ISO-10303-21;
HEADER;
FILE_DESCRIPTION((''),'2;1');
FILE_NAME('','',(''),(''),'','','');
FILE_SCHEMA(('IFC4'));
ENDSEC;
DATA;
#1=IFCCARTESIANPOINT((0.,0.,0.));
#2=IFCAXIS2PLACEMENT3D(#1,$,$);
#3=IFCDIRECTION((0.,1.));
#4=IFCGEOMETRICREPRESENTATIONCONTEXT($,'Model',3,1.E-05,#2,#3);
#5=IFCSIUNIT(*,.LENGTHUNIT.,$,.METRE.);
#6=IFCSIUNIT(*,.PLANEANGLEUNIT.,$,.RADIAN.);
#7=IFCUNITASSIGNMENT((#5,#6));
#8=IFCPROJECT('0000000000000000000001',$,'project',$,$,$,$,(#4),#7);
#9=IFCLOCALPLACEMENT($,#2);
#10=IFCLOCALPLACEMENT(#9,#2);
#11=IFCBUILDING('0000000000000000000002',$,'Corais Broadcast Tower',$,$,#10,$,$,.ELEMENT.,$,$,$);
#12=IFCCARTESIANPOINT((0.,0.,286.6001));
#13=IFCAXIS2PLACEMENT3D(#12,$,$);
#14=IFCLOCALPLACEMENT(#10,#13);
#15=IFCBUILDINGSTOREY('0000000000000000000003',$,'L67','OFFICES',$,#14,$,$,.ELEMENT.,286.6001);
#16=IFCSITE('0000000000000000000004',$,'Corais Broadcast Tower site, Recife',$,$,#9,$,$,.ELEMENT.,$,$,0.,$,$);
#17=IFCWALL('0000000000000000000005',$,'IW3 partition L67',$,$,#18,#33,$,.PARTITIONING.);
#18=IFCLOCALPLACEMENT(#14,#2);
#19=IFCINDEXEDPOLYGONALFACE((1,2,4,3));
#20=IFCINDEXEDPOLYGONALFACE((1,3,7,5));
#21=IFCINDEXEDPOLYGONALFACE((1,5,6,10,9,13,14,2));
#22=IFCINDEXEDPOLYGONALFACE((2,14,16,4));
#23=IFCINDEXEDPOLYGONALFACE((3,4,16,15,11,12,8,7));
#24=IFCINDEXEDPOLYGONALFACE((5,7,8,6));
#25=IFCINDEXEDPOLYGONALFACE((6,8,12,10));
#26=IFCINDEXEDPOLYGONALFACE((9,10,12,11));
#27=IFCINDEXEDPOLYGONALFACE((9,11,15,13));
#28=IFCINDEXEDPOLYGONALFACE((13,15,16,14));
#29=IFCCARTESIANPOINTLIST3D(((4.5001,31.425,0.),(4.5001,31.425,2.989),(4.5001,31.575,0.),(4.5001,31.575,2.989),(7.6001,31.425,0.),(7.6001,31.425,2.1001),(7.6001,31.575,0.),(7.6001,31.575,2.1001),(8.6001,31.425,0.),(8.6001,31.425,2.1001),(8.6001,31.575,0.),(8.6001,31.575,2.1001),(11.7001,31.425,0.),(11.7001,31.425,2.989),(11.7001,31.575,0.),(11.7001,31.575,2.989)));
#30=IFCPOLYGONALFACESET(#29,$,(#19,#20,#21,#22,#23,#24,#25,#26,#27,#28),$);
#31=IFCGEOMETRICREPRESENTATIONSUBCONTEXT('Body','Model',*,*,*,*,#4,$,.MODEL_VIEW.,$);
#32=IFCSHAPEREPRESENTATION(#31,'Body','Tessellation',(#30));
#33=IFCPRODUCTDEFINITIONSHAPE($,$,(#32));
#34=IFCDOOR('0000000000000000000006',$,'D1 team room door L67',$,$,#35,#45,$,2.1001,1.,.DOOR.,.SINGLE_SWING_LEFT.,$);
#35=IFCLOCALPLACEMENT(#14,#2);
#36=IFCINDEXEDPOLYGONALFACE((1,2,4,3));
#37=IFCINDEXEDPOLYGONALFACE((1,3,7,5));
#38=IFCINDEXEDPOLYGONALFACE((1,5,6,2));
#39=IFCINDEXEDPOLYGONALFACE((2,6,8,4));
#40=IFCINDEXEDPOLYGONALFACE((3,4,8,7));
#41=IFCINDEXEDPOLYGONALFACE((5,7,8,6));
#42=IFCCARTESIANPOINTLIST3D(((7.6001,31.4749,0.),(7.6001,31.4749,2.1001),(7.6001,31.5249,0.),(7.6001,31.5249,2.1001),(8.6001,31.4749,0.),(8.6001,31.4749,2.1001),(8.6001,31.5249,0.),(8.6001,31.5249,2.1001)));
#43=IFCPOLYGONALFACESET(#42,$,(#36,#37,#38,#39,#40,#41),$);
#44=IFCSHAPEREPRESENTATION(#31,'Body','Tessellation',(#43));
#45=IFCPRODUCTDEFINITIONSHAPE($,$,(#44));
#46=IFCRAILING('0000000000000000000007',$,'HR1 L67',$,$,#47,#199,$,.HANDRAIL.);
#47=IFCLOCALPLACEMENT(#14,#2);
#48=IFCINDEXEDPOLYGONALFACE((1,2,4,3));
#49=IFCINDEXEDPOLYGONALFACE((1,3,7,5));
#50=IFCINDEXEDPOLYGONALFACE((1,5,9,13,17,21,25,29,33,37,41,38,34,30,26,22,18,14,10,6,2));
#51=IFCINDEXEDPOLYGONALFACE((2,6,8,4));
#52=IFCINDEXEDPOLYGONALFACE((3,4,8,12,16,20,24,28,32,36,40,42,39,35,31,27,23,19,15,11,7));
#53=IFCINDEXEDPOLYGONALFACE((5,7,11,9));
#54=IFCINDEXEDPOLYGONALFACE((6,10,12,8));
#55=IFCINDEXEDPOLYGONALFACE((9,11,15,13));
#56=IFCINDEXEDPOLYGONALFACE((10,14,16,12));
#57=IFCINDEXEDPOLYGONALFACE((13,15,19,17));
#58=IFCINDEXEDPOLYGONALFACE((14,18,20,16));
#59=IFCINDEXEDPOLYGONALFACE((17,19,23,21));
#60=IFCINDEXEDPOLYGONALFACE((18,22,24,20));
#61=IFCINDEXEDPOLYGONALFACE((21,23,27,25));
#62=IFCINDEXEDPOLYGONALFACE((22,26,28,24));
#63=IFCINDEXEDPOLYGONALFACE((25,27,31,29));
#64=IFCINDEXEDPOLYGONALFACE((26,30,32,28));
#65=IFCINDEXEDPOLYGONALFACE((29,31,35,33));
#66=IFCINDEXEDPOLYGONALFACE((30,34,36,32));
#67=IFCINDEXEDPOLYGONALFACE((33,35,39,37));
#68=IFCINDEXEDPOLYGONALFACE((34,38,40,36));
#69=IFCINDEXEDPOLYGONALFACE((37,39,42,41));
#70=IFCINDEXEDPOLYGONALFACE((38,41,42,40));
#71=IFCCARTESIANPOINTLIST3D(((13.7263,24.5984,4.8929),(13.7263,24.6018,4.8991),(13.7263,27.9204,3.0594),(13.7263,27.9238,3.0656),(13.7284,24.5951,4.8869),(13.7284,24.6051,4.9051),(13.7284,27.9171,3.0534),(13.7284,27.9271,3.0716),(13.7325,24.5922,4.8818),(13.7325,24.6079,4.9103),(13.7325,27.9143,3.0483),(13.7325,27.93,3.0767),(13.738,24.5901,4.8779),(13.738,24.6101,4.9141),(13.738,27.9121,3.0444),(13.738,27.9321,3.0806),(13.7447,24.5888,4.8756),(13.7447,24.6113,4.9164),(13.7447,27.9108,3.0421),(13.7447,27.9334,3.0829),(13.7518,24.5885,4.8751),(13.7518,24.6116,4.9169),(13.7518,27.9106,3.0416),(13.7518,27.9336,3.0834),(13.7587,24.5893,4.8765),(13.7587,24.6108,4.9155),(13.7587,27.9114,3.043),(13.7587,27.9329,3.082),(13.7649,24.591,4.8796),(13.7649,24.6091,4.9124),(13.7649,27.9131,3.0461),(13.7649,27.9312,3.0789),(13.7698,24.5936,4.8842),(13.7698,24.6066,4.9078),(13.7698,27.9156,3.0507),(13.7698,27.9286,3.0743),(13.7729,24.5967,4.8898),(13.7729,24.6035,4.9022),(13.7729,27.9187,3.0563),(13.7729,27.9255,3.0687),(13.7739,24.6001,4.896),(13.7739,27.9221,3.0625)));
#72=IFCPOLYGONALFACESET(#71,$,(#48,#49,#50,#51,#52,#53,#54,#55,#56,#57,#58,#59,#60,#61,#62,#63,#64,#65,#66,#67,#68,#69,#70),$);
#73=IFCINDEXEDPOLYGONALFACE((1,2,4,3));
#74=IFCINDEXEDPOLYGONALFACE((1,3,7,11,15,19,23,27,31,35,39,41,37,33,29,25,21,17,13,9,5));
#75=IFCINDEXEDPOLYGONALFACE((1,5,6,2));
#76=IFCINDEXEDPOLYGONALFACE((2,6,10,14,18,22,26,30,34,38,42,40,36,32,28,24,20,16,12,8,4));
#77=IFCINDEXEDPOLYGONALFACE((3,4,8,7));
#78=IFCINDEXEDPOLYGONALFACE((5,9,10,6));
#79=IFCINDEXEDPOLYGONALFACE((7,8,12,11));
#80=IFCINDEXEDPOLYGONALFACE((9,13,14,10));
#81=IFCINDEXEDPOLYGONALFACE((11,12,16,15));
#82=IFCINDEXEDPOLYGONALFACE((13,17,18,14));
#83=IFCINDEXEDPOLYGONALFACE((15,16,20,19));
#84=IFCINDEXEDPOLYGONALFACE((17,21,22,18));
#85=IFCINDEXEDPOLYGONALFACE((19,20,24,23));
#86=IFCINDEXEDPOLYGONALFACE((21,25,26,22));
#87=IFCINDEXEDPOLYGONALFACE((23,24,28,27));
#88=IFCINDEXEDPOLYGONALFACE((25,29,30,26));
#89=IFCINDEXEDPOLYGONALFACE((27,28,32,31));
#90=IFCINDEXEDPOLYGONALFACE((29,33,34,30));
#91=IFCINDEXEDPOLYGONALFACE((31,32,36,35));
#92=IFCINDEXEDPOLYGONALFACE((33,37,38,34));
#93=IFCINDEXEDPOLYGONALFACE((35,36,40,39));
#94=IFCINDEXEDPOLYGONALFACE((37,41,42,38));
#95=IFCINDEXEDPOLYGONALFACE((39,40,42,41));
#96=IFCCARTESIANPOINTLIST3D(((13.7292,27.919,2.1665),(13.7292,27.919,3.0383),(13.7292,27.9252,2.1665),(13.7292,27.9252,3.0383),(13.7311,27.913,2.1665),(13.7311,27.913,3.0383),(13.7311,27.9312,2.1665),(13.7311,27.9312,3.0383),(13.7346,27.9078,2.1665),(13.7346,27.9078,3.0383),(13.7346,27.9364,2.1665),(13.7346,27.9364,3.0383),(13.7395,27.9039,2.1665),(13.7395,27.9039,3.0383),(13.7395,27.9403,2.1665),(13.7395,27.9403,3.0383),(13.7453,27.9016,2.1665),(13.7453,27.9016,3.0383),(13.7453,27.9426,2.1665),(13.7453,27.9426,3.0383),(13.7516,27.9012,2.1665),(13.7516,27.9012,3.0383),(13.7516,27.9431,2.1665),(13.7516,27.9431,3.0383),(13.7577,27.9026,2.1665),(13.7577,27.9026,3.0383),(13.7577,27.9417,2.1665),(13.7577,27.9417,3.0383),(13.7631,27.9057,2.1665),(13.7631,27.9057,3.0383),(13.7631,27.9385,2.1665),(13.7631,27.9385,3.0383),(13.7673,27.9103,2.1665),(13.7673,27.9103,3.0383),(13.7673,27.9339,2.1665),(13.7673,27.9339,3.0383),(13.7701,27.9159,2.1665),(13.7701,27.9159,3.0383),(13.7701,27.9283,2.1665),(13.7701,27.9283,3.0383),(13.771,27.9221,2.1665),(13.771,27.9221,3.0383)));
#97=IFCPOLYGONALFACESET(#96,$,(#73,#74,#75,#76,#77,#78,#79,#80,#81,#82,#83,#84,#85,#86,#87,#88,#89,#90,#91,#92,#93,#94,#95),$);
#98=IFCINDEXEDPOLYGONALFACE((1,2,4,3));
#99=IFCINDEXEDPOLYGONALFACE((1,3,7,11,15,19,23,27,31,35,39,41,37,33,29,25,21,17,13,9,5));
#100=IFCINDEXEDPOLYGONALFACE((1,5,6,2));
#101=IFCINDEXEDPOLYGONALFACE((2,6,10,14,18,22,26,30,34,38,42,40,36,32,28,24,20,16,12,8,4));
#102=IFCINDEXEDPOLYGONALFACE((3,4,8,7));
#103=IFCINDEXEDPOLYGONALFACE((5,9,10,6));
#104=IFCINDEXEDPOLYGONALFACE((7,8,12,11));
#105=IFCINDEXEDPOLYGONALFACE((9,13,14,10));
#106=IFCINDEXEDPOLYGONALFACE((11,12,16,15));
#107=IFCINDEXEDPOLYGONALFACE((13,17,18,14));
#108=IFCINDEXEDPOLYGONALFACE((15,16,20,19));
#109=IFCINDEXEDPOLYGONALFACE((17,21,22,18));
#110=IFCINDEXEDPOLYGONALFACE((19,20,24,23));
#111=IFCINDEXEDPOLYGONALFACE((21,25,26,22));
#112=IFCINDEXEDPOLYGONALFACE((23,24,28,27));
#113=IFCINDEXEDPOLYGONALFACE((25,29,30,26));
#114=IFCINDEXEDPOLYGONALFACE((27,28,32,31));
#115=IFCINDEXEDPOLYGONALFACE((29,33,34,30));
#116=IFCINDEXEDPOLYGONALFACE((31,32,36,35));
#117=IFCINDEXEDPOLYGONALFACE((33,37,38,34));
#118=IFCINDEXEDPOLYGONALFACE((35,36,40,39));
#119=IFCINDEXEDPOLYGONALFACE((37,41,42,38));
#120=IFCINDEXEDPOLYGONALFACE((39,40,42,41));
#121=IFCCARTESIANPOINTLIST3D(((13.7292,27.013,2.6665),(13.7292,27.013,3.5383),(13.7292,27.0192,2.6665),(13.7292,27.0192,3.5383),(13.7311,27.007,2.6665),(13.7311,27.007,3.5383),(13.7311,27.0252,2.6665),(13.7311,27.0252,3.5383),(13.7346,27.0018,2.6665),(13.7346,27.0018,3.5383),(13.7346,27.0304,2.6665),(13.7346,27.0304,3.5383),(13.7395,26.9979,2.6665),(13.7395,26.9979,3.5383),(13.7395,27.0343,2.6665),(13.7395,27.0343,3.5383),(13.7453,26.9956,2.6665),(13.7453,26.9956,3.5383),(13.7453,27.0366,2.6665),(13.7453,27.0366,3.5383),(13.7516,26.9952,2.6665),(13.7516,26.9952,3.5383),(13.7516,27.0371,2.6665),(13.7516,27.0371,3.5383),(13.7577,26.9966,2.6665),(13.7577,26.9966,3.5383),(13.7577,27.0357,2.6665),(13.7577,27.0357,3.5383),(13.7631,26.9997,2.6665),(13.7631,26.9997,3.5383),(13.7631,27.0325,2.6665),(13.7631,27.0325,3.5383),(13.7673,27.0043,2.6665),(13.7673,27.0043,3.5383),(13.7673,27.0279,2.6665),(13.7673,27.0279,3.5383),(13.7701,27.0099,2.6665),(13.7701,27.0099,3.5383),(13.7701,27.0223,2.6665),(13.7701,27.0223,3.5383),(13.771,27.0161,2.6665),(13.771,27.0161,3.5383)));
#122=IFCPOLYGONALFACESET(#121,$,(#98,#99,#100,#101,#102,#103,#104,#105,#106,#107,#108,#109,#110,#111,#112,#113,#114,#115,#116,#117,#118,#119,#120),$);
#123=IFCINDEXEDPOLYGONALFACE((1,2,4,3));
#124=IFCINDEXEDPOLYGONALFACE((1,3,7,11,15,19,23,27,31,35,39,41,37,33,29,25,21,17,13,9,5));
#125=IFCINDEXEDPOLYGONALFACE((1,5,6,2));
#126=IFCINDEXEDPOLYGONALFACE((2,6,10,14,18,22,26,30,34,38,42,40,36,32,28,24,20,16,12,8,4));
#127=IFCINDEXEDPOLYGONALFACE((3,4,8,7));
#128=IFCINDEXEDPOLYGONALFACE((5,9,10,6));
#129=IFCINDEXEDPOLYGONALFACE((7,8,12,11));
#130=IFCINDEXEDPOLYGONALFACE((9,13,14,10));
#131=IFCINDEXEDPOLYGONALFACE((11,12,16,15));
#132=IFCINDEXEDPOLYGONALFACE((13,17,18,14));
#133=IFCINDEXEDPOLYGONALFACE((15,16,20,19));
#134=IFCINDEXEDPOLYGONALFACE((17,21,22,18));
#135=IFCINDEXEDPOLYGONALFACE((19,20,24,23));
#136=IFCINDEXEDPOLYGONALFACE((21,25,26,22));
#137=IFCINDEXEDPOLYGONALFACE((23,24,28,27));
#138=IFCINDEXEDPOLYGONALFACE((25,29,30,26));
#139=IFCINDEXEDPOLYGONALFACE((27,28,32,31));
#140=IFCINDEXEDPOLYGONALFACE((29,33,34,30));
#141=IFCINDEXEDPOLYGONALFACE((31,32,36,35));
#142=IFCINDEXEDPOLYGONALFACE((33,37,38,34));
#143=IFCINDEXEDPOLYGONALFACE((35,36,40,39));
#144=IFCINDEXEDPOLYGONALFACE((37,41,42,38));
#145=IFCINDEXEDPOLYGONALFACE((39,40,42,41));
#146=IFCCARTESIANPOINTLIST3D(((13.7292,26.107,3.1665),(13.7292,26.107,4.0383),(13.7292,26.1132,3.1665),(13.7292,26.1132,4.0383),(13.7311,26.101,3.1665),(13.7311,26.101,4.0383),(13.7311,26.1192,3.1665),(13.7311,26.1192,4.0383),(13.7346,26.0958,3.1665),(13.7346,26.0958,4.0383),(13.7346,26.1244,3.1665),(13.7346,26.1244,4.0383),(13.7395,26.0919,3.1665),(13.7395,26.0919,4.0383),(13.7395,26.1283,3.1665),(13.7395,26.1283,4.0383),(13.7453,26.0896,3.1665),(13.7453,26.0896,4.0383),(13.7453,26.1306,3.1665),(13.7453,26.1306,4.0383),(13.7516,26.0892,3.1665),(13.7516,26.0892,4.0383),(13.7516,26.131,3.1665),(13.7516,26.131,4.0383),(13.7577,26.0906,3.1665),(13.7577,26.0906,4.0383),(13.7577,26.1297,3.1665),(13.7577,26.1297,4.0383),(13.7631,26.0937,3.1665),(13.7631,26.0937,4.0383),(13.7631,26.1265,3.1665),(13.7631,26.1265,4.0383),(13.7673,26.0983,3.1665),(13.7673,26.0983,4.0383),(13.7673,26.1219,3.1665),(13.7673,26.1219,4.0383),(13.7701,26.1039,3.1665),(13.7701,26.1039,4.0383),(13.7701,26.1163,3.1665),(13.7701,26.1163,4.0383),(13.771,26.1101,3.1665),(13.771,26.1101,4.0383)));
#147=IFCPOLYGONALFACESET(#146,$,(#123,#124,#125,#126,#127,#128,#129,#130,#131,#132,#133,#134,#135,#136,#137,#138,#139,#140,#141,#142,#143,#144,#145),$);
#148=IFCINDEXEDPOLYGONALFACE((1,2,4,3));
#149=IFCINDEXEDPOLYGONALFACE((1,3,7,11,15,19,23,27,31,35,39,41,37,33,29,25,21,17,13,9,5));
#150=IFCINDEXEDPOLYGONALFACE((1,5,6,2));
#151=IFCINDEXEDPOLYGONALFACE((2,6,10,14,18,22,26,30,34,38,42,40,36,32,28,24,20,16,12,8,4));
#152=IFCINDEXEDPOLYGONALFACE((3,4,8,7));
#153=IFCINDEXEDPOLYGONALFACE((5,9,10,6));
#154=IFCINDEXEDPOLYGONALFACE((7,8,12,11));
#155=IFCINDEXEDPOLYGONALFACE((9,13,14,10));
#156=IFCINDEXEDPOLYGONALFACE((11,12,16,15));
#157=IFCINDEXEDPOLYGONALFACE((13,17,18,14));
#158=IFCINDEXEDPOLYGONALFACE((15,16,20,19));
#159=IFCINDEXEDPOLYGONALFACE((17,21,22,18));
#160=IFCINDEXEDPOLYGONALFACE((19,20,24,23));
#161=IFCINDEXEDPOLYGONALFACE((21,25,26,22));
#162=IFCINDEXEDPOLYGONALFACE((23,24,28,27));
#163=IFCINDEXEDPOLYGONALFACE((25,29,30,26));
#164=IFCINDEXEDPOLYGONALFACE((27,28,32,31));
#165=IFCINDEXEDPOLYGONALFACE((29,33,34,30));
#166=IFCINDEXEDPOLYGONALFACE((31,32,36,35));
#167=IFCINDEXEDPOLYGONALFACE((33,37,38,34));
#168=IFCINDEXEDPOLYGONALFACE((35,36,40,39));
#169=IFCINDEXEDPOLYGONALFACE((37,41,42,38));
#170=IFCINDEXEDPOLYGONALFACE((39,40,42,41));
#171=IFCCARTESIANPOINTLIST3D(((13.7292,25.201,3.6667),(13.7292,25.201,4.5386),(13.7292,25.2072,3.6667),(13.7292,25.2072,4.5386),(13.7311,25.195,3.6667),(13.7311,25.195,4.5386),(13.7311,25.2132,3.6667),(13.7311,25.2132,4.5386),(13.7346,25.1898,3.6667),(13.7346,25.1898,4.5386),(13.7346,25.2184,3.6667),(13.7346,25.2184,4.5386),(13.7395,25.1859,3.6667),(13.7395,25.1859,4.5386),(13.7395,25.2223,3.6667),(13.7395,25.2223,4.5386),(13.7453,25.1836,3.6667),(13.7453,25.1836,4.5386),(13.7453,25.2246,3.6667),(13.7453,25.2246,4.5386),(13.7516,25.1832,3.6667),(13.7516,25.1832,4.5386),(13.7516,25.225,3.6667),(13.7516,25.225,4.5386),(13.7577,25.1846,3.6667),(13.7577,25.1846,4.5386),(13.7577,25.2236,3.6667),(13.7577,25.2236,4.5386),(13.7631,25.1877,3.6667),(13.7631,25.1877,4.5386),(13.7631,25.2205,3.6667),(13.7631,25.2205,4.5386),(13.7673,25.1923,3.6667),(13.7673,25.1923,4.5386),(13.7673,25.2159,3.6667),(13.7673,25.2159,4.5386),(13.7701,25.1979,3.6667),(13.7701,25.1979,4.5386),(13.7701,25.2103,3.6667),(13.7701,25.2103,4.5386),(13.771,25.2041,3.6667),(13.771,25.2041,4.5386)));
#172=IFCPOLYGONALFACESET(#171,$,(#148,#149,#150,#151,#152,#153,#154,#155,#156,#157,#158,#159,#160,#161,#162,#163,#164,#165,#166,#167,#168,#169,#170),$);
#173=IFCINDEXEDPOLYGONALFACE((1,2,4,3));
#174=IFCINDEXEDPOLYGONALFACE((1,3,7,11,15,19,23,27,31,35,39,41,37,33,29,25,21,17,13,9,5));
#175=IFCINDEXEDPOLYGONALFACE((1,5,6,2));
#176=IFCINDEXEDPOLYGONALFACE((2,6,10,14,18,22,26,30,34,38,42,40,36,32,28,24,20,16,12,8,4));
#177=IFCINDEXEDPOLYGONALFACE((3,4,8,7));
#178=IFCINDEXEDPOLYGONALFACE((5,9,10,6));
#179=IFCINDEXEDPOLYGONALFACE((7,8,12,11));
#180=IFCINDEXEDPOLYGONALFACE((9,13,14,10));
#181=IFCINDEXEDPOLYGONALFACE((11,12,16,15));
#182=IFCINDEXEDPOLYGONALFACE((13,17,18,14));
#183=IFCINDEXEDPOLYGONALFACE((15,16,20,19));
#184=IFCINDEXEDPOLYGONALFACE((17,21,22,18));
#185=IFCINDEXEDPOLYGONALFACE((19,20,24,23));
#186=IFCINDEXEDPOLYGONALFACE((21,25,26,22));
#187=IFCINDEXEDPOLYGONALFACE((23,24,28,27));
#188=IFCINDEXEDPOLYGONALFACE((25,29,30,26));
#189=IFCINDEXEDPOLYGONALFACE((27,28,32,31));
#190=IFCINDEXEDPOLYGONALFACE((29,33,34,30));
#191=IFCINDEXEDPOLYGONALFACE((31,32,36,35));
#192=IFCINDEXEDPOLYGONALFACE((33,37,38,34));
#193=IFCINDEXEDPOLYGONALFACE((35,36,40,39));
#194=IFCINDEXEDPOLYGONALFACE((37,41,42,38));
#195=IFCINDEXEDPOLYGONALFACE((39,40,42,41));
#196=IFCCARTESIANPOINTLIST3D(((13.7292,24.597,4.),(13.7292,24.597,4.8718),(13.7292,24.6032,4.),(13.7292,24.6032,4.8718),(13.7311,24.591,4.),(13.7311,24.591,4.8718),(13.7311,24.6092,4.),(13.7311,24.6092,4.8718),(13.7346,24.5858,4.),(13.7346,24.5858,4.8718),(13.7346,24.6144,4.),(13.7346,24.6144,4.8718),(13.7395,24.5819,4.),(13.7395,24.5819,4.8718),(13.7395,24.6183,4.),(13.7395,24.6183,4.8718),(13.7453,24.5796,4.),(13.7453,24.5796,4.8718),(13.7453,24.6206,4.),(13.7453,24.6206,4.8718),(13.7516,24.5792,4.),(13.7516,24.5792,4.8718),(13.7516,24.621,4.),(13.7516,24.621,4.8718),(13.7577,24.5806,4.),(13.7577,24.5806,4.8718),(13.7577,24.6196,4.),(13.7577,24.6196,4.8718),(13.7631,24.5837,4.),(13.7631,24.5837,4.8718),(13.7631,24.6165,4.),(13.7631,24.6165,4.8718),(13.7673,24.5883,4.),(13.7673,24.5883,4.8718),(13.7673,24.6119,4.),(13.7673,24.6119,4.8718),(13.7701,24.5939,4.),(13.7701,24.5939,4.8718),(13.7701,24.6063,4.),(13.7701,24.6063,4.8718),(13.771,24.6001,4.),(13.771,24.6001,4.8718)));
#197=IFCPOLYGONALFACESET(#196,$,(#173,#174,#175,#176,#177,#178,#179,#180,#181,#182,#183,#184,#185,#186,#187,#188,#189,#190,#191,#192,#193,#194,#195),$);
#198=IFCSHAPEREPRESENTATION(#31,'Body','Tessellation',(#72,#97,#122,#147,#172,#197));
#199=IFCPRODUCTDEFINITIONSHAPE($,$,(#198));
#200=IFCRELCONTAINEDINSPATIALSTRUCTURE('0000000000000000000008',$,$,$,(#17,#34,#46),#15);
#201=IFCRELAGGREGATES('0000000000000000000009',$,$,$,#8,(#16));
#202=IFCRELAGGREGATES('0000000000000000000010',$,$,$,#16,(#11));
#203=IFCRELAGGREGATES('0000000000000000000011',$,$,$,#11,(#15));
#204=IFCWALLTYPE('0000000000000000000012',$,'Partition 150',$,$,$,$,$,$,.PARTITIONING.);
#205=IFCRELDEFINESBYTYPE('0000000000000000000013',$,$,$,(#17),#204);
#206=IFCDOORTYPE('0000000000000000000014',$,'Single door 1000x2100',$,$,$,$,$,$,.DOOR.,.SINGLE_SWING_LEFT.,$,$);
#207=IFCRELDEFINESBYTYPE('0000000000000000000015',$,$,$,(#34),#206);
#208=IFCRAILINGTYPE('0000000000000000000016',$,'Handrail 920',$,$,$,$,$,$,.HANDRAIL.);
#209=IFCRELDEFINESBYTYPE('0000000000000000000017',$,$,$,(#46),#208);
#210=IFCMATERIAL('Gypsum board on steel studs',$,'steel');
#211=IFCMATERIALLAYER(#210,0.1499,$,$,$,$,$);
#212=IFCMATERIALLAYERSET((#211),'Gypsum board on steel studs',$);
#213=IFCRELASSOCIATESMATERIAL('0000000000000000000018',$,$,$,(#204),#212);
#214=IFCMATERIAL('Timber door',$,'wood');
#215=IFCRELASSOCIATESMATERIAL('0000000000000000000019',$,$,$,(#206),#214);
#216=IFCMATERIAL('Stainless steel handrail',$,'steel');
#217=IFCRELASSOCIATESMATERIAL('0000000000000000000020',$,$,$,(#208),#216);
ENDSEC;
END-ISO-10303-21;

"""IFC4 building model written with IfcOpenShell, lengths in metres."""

from ifc_helpers import new_model, si_unit, direction, frame, frame_2d, origin, origin_2d, place, context, subcontext, project, spatial, rectangle, circle, extrude, material, layer, layer_set, type_object, element, fill, save


model = new_model("IFC4")

# Units and contexts
model_context = context("Model", 3, precision=1e-05, world=origin(), true_north=direction((0.0, 1.0)))
body_context = subcontext(model_context, "Body", "Model", "MODEL_VIEW")
ifc_project = project(units=[si_unit("LENGTHUNIT", "METRE"), si_unit("PLANEANGLEUNIT", "RADIAN")], contexts=[model_context])

# Site, building, storey
site_placement = place(None, origin())
site = spatial("IfcSite", under=ifc_project, at=site_placement, Name="Corais Broadcast Tower site, Recife", CompositionType="ELEMENT", RefElevation=0.0)
building_placement = place(site_placement, origin())
building = spatial("IfcBuilding", under=site, at=building_placement, Name="Corais Broadcast Tower", CompositionType="ELEMENT")
storey_placement = place(building_placement, frame((0.0, 0.0, 286.6001)))
storey = spatial("IfcBuildingStorey", under=building, at=storey_placement, Name="L67", Description="OFFICES", CompositionType="ELEMENT", Elevation=286.6001)

# Shared definitions
ifc_material_1 = material(Name="Gypsum board on steel studs", Category="steel")
ifc_layer_1 = layer(ifc_material_1, 0.1499)
ifc_layer_set_1 = layer_set([ifc_layer_1], Name="Gypsum board on steel studs")
wall_type_1 = type_object("IfcWallType", Name="Partition 150", PredefinedType="PARTITIONING", material=ifc_layer_set_1)

# Shared definitions
ifc_material_2 = material(Name="Timber door", Category="wood")
door_type_1 = type_object("IfcDoorType", Name="Single door 1000x2100", OperationType="SINGLE_SWING_LEFT", PredefinedType="DOOR", material=ifc_material_2)

# Wall, opening, door
wall_1_placement = place(storey_placement, frame((4.5, 31.5, 0.0), z_axis=(0.0, 0.0, 1.0), x_axis=(1.0, 0.0, 0.0)))
wall_1 = element("IfcWall", 1, at=wall_1_placement, inside=storey, type_object=wall_type_1, Name="IW3 partition L67", PredefinedType="PARTITIONING", context=body_context, shape_type="SweptSolid", body=[
    extrude(rectangle(XDim=7.2, YDim=0.1499, at=frame_2d((3.6001, 0.0))), origin(), (0.0, 0.0, 1.0), 2.989),
])
opening_1_placement = place(wall_1_placement, frame((3.1001, 0.0, 0.0)))
opening_1 = element("IfcOpeningElement", 2, at=opening_1_placement, cuts=wall_1, PredefinedType="OPENING", context=body_context, shape_type="SweptSolid", body=[
    extrude(rectangle(XDim=1.0, YDim=2.1001, at=frame_2d((0.5, 1.05))), frame((0.0, 0.085, 0.0), z_axis=(0.0, -1.0, 0.0), x_axis=(1.0, 0.0, 0.0)), (0.0, 0.0, 1.0), 0.1699),
])
door_1_placement = place(opening_1_placement, origin())
door_1 = element("IfcDoor", 3, at=door_1_placement, inside=storey, type_object=door_type_1, Name="D1 team room door L67", OperationType="SINGLE_SWING_LEFT", OverallHeight=2.1001, OverallWidth=1.0, PredefinedType="DOOR", context=body_context, shape_type="SweptSolid", body=[
    extrude(rectangle(XDim=1.0, YDim=2.1001, at=frame_2d((0.5, 1.05))), frame((0.0, 0.0249, 0.0), z_axis=(0.0, -1.0, 0.0), x_axis=(1.0, 0.0, 0.0)), (0.0, 0.0, 1.0), 0.05),
])
fill(opening_1, door_1)

# Railing
ifc_material_3 = material(Name="Stainless steel handrail", Category="steel")
railing_type = type_object("IfcRailingType", Name="Handrail 920", PredefinedType="HANDRAIL", material=ifc_material_3)
railing_placement = place(storey_placement, frame((13.75, 27.9221, 2.1665)))
element("IfcRailing", 4, at=railing_placement, inside=storey, type_object=railing_type, Name="HR1 L67", PredefinedType="HANDRAIL", context=body_context, shape_type="SweptSolid", body=[
    extrude(circle(Radius=0.0239, at=origin_2d()), frame((0.0, 0.0, 0.896), z_axis=(0.0, -0.875504, 0.48321), x_axis=(1.0, 0.0, 0.0)), (0.0, 0.0, 1.0), 3.7944),
    extrude(circle(Radius=0.021, at=origin_2d()), origin(), (0.0, 0.0, 1.0), 0.8718),
    extrude(circle(Radius=0.021, at=origin_2d()), frame((0.0, -0.906, 0.5)), (0.0, 0.0, 1.0), 0.8718),
    extrude(circle(Radius=0.021, at=origin_2d()), frame((0.0, -1.812, 1.0)), (0.0, 0.0, 1.0), 0.8718),
    extrude(circle(Radius=0.021, at=origin_2d()), frame((0.0, -2.718, 1.5002)), (0.0, 0.0, 1.0), 0.8718),
    extrude(circle(Radius=0.021, at=origin_2d()), frame((0.0, -3.322, 1.8335)), (0.0, 0.0, 1.0), 0.8718),
])

save(model, "model.ifc")
